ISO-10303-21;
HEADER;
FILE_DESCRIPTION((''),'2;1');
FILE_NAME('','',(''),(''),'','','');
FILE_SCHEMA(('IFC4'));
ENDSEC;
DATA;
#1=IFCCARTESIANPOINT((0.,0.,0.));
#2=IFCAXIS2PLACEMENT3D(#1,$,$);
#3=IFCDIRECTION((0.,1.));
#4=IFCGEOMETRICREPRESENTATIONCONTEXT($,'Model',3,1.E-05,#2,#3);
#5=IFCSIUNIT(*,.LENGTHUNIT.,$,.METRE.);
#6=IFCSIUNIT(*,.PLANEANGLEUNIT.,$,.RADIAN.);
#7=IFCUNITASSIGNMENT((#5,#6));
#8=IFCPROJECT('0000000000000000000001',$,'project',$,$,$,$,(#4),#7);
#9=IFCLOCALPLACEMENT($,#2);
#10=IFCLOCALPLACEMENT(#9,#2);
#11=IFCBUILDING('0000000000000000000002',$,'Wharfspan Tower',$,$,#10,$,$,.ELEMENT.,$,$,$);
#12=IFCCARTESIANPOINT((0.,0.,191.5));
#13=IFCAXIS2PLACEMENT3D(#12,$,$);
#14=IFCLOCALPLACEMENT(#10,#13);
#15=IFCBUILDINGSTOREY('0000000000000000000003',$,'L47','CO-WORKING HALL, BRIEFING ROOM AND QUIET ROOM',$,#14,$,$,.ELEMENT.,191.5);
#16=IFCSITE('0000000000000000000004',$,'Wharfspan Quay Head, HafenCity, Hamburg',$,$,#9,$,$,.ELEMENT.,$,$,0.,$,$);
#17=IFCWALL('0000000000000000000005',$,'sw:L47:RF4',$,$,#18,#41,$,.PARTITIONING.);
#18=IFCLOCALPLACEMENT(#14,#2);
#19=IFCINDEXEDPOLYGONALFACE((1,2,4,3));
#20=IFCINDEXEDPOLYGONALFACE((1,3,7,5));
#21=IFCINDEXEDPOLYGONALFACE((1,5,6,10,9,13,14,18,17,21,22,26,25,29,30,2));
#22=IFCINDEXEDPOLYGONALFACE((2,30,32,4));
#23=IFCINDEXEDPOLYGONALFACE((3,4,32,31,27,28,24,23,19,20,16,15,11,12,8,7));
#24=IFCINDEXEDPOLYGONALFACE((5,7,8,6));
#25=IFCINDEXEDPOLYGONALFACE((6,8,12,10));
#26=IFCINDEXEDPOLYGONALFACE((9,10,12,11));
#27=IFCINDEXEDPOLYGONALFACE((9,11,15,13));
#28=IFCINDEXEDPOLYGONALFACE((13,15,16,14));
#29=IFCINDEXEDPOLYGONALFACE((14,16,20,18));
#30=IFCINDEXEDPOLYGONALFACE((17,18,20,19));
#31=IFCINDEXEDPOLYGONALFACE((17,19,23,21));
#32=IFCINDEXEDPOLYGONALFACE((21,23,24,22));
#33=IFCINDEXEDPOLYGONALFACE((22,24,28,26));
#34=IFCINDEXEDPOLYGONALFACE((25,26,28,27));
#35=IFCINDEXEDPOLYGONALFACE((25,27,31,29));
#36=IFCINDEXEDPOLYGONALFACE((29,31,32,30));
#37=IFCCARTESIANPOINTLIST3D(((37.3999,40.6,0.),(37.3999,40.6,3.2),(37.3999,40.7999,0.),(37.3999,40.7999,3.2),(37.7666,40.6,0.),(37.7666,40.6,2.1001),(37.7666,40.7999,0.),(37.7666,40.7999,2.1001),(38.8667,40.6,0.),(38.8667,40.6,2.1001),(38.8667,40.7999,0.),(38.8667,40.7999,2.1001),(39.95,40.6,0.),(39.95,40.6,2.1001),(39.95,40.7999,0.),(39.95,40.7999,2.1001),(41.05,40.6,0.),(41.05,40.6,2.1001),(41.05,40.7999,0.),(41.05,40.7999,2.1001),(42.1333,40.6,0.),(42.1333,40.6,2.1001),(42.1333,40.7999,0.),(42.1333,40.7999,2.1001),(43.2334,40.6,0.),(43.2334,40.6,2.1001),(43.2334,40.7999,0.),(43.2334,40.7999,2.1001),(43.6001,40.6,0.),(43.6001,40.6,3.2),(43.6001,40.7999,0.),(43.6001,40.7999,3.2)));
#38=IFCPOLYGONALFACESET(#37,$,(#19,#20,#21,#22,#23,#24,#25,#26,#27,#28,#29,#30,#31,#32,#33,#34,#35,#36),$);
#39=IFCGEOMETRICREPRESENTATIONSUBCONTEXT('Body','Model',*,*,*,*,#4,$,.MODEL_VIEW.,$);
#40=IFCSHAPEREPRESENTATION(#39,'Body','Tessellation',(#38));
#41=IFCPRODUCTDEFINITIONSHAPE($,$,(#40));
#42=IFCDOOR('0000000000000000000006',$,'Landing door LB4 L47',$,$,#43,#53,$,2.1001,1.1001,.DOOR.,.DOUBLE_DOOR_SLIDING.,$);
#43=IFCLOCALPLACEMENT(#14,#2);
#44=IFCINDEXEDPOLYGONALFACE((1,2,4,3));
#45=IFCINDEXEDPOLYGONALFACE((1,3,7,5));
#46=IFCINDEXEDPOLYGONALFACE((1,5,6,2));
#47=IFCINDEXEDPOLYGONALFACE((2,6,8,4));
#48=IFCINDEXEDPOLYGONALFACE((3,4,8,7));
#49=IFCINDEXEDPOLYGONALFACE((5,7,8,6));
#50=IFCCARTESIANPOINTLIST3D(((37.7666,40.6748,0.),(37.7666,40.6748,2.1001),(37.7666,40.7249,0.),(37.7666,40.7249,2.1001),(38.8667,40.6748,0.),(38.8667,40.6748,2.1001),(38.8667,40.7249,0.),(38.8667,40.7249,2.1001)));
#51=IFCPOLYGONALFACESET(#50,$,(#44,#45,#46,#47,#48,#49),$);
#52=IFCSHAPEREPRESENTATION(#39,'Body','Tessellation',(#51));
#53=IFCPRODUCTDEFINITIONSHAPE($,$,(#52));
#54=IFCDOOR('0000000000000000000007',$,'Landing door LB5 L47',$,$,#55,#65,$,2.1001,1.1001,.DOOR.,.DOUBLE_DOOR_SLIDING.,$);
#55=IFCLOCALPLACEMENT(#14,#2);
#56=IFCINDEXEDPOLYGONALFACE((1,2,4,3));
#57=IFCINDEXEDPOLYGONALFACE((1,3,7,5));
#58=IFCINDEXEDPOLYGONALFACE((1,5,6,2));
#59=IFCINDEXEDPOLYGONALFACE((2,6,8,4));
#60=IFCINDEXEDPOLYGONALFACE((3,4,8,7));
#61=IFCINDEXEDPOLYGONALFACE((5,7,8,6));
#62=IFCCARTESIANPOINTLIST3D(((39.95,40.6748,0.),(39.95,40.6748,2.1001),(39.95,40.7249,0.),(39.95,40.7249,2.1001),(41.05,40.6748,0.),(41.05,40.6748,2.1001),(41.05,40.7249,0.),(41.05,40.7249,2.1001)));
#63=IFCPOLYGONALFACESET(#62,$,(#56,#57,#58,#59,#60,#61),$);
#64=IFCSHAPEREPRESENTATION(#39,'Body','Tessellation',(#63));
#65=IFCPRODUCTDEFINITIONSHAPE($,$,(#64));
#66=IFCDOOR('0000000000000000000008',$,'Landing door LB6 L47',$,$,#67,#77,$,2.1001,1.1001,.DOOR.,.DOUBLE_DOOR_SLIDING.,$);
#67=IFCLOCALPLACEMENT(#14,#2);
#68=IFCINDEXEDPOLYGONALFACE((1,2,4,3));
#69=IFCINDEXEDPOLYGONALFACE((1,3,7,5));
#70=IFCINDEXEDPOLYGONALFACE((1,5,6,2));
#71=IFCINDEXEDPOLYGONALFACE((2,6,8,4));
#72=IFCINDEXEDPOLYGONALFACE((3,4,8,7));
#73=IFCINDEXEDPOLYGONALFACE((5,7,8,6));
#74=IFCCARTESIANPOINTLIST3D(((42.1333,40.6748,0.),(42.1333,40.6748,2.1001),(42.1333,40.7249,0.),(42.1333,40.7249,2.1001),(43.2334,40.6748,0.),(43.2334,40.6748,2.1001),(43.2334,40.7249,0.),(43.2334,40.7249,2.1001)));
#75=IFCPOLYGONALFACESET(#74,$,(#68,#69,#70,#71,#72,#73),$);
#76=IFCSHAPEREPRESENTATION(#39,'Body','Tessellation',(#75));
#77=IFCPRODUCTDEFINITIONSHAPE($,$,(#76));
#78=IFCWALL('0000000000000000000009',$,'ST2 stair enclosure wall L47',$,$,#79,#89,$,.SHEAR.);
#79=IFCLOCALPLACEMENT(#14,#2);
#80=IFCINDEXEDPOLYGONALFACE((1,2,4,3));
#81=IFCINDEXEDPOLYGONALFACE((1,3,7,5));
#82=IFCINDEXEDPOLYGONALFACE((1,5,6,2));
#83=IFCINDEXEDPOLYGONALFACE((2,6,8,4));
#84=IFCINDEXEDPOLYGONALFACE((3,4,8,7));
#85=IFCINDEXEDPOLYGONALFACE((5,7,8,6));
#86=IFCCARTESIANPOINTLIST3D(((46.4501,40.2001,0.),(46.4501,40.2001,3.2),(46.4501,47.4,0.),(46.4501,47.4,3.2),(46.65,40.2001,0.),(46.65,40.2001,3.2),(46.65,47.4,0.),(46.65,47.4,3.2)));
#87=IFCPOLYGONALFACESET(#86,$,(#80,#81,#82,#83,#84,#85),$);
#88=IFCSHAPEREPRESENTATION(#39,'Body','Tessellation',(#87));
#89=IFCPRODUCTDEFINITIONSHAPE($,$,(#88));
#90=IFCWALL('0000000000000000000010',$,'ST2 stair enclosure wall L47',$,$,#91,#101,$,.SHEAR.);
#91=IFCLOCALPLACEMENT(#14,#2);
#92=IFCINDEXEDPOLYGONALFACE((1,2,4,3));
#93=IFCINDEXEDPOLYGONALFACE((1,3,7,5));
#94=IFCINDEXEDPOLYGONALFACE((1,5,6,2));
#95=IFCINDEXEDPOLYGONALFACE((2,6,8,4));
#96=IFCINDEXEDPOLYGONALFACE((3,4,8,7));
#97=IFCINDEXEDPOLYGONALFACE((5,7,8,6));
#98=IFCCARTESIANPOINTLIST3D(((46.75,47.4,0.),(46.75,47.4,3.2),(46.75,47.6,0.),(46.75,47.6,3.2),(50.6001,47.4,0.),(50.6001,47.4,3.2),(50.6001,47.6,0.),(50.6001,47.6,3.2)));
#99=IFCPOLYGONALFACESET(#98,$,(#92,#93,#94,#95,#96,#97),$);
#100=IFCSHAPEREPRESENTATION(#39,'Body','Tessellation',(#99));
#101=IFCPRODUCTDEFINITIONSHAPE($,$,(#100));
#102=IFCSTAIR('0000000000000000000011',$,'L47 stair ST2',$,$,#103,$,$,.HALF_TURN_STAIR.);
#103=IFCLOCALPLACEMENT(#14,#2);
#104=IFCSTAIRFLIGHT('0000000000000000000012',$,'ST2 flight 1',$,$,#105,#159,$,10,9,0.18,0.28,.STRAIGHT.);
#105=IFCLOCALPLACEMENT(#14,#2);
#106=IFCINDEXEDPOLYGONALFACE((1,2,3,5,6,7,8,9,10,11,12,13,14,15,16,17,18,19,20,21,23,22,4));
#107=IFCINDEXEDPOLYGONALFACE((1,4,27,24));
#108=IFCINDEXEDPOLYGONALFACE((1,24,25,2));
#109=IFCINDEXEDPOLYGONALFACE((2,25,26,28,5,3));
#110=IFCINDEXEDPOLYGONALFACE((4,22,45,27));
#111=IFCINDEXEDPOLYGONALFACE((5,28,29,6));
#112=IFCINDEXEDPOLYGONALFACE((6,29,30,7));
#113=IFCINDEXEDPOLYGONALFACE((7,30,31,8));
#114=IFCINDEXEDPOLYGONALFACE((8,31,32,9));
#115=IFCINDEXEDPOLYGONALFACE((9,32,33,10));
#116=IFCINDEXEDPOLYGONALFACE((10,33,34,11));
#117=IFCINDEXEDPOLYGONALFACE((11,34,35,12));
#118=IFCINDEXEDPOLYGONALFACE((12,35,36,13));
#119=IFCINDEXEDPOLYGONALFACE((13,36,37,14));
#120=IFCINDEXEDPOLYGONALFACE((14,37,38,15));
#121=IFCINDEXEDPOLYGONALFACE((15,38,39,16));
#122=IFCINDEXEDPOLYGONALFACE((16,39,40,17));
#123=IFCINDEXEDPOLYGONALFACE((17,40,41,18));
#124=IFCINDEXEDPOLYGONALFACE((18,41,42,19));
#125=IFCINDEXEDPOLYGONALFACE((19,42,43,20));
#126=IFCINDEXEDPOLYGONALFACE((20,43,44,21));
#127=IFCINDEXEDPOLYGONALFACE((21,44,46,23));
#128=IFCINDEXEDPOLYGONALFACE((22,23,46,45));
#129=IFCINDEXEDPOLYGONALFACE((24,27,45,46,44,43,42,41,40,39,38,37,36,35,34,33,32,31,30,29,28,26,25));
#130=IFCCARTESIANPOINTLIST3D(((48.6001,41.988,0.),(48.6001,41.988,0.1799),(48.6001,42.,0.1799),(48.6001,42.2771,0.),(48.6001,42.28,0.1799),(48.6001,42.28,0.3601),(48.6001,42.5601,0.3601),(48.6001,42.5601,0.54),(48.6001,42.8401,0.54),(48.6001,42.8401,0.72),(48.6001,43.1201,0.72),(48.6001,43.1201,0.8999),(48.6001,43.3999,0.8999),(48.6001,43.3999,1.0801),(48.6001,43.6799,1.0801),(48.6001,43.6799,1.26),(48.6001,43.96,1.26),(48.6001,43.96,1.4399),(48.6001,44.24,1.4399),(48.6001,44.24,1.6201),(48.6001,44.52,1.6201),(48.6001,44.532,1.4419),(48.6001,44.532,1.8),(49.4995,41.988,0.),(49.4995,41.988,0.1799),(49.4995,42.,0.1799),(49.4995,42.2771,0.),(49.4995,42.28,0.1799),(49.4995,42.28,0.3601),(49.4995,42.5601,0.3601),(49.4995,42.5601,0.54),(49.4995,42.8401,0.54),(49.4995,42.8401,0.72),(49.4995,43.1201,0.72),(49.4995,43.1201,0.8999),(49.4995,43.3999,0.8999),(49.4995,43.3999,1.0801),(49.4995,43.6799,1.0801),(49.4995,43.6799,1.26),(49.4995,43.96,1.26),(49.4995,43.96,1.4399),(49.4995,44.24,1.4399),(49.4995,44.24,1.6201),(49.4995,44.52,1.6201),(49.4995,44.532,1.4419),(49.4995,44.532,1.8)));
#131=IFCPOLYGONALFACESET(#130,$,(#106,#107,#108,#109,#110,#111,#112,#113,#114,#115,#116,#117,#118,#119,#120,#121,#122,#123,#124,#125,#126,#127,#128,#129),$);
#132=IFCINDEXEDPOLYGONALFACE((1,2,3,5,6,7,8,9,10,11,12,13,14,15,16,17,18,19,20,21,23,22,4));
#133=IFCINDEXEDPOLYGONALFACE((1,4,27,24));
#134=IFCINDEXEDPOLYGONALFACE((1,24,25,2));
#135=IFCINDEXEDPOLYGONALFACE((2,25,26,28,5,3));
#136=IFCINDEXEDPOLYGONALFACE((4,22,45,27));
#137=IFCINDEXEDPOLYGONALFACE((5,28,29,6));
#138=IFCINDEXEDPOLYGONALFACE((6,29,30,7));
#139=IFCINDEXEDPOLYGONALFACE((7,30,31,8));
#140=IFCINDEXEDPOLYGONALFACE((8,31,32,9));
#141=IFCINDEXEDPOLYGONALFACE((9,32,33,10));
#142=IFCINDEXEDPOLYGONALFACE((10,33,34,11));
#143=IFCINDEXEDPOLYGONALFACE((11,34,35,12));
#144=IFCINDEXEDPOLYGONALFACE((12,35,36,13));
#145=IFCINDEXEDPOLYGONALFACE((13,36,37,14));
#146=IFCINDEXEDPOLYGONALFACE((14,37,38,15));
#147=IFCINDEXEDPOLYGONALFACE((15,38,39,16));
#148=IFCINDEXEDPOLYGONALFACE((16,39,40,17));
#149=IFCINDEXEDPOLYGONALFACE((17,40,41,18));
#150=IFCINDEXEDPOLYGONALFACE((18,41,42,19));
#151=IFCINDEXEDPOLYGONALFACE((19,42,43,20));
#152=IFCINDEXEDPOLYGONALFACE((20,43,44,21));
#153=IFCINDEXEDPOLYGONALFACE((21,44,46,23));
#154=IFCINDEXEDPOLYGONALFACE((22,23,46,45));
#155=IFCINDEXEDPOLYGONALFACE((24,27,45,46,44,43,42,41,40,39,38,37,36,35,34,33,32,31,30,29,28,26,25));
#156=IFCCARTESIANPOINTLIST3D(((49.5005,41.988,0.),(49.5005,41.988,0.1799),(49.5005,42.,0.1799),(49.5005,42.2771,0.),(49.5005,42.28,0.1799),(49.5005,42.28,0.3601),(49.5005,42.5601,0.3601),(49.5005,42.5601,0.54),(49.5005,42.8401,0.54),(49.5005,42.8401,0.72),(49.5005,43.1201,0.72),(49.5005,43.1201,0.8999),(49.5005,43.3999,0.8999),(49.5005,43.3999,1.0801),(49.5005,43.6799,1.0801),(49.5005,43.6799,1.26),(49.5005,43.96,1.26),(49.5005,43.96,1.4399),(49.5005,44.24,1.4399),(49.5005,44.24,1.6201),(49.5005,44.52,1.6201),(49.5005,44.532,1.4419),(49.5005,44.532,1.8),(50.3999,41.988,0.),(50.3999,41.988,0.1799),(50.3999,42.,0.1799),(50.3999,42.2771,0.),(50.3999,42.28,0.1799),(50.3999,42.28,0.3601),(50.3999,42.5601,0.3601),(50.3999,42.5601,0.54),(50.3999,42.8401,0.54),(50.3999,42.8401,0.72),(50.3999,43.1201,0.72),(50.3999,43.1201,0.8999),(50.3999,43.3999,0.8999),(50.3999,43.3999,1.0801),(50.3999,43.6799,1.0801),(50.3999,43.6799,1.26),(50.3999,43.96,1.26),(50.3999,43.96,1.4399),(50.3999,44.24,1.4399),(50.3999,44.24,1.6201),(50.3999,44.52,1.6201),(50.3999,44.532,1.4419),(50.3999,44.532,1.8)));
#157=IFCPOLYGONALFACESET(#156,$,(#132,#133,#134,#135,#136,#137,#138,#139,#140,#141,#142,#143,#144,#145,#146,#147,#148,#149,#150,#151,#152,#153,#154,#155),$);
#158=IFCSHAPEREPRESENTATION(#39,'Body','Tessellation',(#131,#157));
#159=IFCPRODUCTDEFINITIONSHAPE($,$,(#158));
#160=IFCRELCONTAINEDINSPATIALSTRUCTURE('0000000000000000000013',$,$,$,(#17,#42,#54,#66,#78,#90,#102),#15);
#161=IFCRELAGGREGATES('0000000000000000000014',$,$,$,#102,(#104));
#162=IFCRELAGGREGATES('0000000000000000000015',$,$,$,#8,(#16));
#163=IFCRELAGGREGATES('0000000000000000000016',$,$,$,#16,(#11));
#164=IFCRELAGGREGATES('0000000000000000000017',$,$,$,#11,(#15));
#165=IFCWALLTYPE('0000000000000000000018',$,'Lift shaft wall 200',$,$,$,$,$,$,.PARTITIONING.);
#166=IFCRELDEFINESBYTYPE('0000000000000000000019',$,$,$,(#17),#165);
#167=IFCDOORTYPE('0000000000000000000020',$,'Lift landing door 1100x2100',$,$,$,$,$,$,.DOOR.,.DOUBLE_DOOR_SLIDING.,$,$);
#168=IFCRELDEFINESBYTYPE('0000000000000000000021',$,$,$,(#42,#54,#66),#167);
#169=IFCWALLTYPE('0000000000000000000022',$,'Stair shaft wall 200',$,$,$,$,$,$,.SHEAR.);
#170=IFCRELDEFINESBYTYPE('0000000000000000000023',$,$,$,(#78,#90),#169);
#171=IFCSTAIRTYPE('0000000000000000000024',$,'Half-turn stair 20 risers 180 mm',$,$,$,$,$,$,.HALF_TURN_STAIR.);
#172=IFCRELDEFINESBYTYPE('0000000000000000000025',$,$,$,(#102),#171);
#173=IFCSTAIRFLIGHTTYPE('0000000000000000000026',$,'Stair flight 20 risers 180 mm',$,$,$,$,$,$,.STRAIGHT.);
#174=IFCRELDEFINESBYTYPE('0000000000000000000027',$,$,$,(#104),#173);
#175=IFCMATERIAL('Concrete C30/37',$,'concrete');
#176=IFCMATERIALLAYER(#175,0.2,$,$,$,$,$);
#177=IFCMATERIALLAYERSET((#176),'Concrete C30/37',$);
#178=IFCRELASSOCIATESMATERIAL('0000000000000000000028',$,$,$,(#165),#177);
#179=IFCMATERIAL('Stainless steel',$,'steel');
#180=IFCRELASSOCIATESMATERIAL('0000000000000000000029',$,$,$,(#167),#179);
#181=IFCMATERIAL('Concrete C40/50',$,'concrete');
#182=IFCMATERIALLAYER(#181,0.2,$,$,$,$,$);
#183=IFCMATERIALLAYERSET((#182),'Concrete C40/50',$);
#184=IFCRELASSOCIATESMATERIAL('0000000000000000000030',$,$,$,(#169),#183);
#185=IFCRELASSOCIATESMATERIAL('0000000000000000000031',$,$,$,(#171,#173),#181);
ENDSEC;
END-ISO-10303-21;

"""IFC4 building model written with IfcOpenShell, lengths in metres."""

from ifc_helpers import new_model, si_unit, direction, frame, frame_2d, origin, place, context, subcontext, project, spatial, polyline, rectangle, outline, extrude, material, layer, layer_set, type_object, element, fill, aggregate, save


model = new_model("IFC4")

# Units and contexts
model_context = context("Model", 3, precision=1e-05, world=origin(), true_north=direction((0.0, 1.0)))
body_context = subcontext(model_context, "Body", "Model", "MODEL_VIEW")
ifc_project = project(units=[si_unit("LENGTHUNIT", "METRE"), si_unit("PLANEANGLEUNIT", "RADIAN")], contexts=[model_context])

# Site, building, storey
site_placement = place(None, origin())
site = spatial("IfcSite", under=ifc_project, at=site_placement, Name="Wharfspan Quay Head, HafenCity, Hamburg", CompositionType="ELEMENT", RefElevation=0.0)
building_placement = place(site_placement, origin())
building = spatial("IfcBuilding", under=site, at=building_placement, Name="Wharfspan Tower", CompositionType="ELEMENT")
storey_placement = place(building_placement, frame((0.0, 0.0, 191.5)))
storey = spatial("IfcBuildingStorey", under=building, at=storey_placement, Name="L47", Description="CO-WORKING HALL, BRIEFING ROOM AND QUIET ROOM", CompositionType="ELEMENT", Elevation=191.5)

# Wall, openings, doors
ifc_material_1 = material(Name="Concrete C30/37", Category="concrete")
ifc_layer_1 = layer(ifc_material_1, 0.2)
ifc_layer_set_1 = layer_set([ifc_layer_1], Name="Concrete C30/37")
wall_type_1 = type_object("IfcWallType", Name="Lift shaft wall 200", PredefinedType="PARTITIONING", material=ifc_layer_set_1)
wall_1_placement = place(storey_placement, frame((37.3999, 40.7, 0.0), z_axis=(0.0, 0.0, 1.0), x_axis=(1.0, 0.0, 0.0)))
wall_1 = element("IfcWall", 1, at=wall_1_placement, inside=storey, type_object=wall_type_1, Name="sw:L47:RF4", PredefinedType="PARTITIONING", context=body_context, shape_type="SweptSolid", body=[
    extrude(rectangle(XDim=6.2002, YDim=0.2, at=frame_2d((3.1001, 0.0))), origin(), (0.0, 0.0, 1.0), 3.2),
])
opening_1_placement = place(wall_1_placement, frame((0.3667, 0.0, 0.0)))
opening_1 = element("IfcOpeningElement", 2, at=opening_1_placement, cuts=wall_1, PredefinedType="OPENING", context=body_context, shape_type="SweptSolid", body=[
    extrude(rectangle(XDim=1.1001, YDim=2.1001, at=frame_2d((0.55, 1.05))), frame((0.0, 0.1099, 0.0), z_axis=(0.0, -1.0, 0.0), x_axis=(1.0, 0.0, 0.0)), (0.0, 0.0, 1.0), 0.22),
])
opening_2_placement = place(wall_1_placement, frame((2.55, 0.0, 0.0)))
opening_2 = element("IfcOpeningElement", 3, at=opening_2_placement, cuts=wall_1, PredefinedType="OPENING", context=body_context, shape_type="SweptSolid", body=[
    extrude(rectangle(XDim=1.1001, YDim=2.1001, at=frame_2d((0.55, 1.05))), frame((0.0, 0.1099, 0.0), z_axis=(0.0, -1.0, 0.0), x_axis=(1.0, 0.0, 0.0)), (0.0, 0.0, 1.0), 0.22),
])
opening_3_placement = place(wall_1_placement, frame((4.7334, 0.0, 0.0)))
opening_3 = element("IfcOpeningElement", 4, at=opening_3_placement, cuts=wall_1, PredefinedType="OPENING", context=body_context, shape_type="SweptSolid", body=[
    extrude(rectangle(XDim=1.1001, YDim=2.1001, at=frame_2d((0.55, 1.05))), frame((0.0, 0.1099, 0.0), z_axis=(0.0, -1.0, 0.0), x_axis=(1.0, 0.0, 0.0)), (0.0, 0.0, 1.0), 0.22),
])
ifc_material_2 = material(Name="Stainless steel", Category="steel")
door_type = type_object("IfcDoorType", Name="Lift landing door 1100x2100", OperationType="DOUBLE_DOOR_SLIDING", PredefinedType="DOOR", material=ifc_material_2)
door_1_placement = place(opening_1_placement, origin())
door_1 = element("IfcDoor", 5, at=door_1_placement, inside=storey, type_object=door_type, Name="Landing door LB4 L47", OperationType="DOUBLE_DOOR_SLIDING", OverallHeight=2.1001, OverallWidth=1.1001, PredefinedType="DOOR", context=body_context, shape_type="SweptSolid", body=[
    extrude(rectangle(XDim=1.1001, YDim=2.1001, at=frame_2d((0.55, 1.05))), frame((0.0, 0.0249, 0.0), z_axis=(0.0, -1.0, 0.0), x_axis=(1.0, 0.0, 0.0)), (0.0, 0.0, 1.0), 0.05),
])
fill(opening_1, door_1)
door_2_placement = place(opening_2_placement, origin())
door_2 = element("IfcDoor", 6, at=door_2_placement, inside=storey, type_object=door_type, Name="Landing door LB5 L47", OperationType="DOUBLE_DOOR_SLIDING", OverallHeight=2.1001, OverallWidth=1.1001, PredefinedType="DOOR", context=body_context, shape_type="SweptSolid", body=[
    extrude(rectangle(XDim=1.1001, YDim=2.1001, at=frame_2d((0.55, 1.05))), frame((0.0, 0.0249, 0.0), z_axis=(0.0, -1.0, 0.0), x_axis=(1.0, 0.0, 0.0)), (0.0, 0.0, 1.0), 0.05),
])
fill(opening_2, door_2)
door_3_placement = place(opening_3_placement, origin())
door_3 = element("IfcDoor", 7, at=door_3_placement, inside=storey, type_object=door_type, Name="Landing door LB6 L47", OperationType="DOUBLE_DOOR_SLIDING", OverallHeight=2.1001, OverallWidth=1.1001, PredefinedType="DOOR", context=body_context, shape_type="SweptSolid", body=[
    extrude(rectangle(XDim=1.1001, YDim=2.1001, at=frame_2d((0.55, 1.05))), frame((0.0, 0.0249, 0.0), z_axis=(0.0, -1.0, 0.0), x_axis=(1.0, 0.0, 0.0)), (0.0, 0.0, 1.0), 0.05),
])
fill(opening_3, door_3)

# Walls
ifc_material_3 = material(Name="Concrete C40/50", Category="concrete")
ifc_layer_2 = layer(ifc_material_3, 0.2)
ifc_layer_set_2 = layer_set([ifc_layer_2], Name="Concrete C40/50")
wall_type_2 = type_object("IfcWallType", Name="Stair shaft wall 200", PredefinedType="SHEAR", material=ifc_layer_set_2)
wall_2_placement = place(storey_placement, frame((46.55, 40.2, 0.0), z_axis=(0.0, 0.0, 1.0), x_axis=(0.0, 1.0, 0.0)))
element("IfcWall", 8, at=wall_2_placement, inside=storey, type_object=wall_type_2, Name="ST2 stair enclosure wall L47", PredefinedType="SHEAR", context=body_context, shape_type="SweptSolid", body=[
    extrude(rectangle(XDim=7.2, YDim=0.2, at=frame_2d((3.6001, 0.0))), origin(), (0.0, 0.0, 1.0), 3.2),
])
wall_3_placement = place(storey_placement, frame((46.75, 47.5, 0.0), z_axis=(0.0, 0.0, 1.0), x_axis=(1.0, 0.0, 0.0)))
element("IfcWall", 9, at=wall_3_placement, inside=storey, type_object=wall_type_2, Name="ST2 stair enclosure wall L47", PredefinedType="SHEAR", context=body_context, shape_type="SweptSolid", body=[
    extrude(rectangle(XDim=3.8501, YDim=0.2, at=frame_2d((1.925, 0.0))), origin(), (0.0, 0.0, 1.0), 3.2),
])

# Stair, stair flight
stair_type = type_object("IfcStairType", Name="Half-turn stair 20 risers 180 mm", PredefinedType="HALF_TURN_STAIR", material=ifc_material_3)
stair_placement = place(storey_placement, origin())
stair = element("IfcStair", 10, at=stair_placement, inside=storey, type_object=stair_type, Name="L47 stair ST2", PredefinedType="HALF_TURN_STAIR")
stair_flight_type = type_object("IfcStairFlightType", Name="Stair flight 20 risers 180 mm", PredefinedType="STRAIGHT", material=ifc_material_3)
stair_flight_1_placement = place(storey_placement, frame((49.5, 42.0, 0.0), z_axis=(0.0, 0.0, 1.0), x_axis=(0.0, 1.0, 0.0)))
stair_flight_1 = element("IfcStairFlight", 11, at=stair_flight_1_placement, type_object=stair_flight_type, Name="ST2 flight 1", NumberOfRisers=10, NumberOfTreads=9, PredefinedType="STRAIGHT", RiserHeight=0.18, TreadLength=0.28, context=body_context, shape_type="SweptSolid", body=[
    extrude(outline(polyline([(-0.012, 0.0), (-0.012, 0.1799), (0.0, 0.1799), (0.28, 0.1799), (0.28, 0.3601), (0.5601, 0.3601), (0.5601, 0.54), (0.8401, 0.54), (0.8401, 0.72), (1.1201, 0.72), (1.1201, 0.8999), (1.3999, 0.8999), (1.3999, 1.0801), (1.6799, 1.0801), (1.6799, 1.26), (1.96, 1.26), (1.96, 1.4399), (2.24, 1.4399), (2.24, 1.6201), (2.52, 1.6201), (2.532, 1.8), (2.532, 1.4419), (0.2771, 0.0), (-0.012, 0.0)])), frame((0.0, 0.8999, 0.0), z_axis=(0.0, -1.0, 0.0), x_axis=(1.0, 0.0, 0.0)), (0.0, 0.0, 1.0), 0.8994),
    extrude(outline(polyline([(-0.012, 0.0), (-0.012, 0.1799), (0.0, 0.1799), (0.28, 0.1799), (0.28, 0.3601), (0.5601, 0.3601), (0.5601, 0.54), (0.8401, 0.54), (0.8401, 0.72), (1.1201, 0.72), (1.1201, 0.8999), (1.3999, 0.8999), (1.3999, 1.0801), (1.6799, 1.0801), (1.6799, 1.26), (1.96, 1.26), (1.96, 1.4399), (2.24, 1.4399), (2.24, 1.6201), (2.52, 1.6201), (2.532, 1.8), (2.532, 1.4419), (0.2771, 0.0), (-0.012, 0.0)])), frame((0.0, -0.0005, 0.0), z_axis=(0.0, -1.0, 0.0), x_axis=(1.0, 0.0, 0.0)), (0.0, 0.0, 1.0), 0.8994),
])
aggregate(stair, [stair_flight_1])

save(model, "model.ifc")
